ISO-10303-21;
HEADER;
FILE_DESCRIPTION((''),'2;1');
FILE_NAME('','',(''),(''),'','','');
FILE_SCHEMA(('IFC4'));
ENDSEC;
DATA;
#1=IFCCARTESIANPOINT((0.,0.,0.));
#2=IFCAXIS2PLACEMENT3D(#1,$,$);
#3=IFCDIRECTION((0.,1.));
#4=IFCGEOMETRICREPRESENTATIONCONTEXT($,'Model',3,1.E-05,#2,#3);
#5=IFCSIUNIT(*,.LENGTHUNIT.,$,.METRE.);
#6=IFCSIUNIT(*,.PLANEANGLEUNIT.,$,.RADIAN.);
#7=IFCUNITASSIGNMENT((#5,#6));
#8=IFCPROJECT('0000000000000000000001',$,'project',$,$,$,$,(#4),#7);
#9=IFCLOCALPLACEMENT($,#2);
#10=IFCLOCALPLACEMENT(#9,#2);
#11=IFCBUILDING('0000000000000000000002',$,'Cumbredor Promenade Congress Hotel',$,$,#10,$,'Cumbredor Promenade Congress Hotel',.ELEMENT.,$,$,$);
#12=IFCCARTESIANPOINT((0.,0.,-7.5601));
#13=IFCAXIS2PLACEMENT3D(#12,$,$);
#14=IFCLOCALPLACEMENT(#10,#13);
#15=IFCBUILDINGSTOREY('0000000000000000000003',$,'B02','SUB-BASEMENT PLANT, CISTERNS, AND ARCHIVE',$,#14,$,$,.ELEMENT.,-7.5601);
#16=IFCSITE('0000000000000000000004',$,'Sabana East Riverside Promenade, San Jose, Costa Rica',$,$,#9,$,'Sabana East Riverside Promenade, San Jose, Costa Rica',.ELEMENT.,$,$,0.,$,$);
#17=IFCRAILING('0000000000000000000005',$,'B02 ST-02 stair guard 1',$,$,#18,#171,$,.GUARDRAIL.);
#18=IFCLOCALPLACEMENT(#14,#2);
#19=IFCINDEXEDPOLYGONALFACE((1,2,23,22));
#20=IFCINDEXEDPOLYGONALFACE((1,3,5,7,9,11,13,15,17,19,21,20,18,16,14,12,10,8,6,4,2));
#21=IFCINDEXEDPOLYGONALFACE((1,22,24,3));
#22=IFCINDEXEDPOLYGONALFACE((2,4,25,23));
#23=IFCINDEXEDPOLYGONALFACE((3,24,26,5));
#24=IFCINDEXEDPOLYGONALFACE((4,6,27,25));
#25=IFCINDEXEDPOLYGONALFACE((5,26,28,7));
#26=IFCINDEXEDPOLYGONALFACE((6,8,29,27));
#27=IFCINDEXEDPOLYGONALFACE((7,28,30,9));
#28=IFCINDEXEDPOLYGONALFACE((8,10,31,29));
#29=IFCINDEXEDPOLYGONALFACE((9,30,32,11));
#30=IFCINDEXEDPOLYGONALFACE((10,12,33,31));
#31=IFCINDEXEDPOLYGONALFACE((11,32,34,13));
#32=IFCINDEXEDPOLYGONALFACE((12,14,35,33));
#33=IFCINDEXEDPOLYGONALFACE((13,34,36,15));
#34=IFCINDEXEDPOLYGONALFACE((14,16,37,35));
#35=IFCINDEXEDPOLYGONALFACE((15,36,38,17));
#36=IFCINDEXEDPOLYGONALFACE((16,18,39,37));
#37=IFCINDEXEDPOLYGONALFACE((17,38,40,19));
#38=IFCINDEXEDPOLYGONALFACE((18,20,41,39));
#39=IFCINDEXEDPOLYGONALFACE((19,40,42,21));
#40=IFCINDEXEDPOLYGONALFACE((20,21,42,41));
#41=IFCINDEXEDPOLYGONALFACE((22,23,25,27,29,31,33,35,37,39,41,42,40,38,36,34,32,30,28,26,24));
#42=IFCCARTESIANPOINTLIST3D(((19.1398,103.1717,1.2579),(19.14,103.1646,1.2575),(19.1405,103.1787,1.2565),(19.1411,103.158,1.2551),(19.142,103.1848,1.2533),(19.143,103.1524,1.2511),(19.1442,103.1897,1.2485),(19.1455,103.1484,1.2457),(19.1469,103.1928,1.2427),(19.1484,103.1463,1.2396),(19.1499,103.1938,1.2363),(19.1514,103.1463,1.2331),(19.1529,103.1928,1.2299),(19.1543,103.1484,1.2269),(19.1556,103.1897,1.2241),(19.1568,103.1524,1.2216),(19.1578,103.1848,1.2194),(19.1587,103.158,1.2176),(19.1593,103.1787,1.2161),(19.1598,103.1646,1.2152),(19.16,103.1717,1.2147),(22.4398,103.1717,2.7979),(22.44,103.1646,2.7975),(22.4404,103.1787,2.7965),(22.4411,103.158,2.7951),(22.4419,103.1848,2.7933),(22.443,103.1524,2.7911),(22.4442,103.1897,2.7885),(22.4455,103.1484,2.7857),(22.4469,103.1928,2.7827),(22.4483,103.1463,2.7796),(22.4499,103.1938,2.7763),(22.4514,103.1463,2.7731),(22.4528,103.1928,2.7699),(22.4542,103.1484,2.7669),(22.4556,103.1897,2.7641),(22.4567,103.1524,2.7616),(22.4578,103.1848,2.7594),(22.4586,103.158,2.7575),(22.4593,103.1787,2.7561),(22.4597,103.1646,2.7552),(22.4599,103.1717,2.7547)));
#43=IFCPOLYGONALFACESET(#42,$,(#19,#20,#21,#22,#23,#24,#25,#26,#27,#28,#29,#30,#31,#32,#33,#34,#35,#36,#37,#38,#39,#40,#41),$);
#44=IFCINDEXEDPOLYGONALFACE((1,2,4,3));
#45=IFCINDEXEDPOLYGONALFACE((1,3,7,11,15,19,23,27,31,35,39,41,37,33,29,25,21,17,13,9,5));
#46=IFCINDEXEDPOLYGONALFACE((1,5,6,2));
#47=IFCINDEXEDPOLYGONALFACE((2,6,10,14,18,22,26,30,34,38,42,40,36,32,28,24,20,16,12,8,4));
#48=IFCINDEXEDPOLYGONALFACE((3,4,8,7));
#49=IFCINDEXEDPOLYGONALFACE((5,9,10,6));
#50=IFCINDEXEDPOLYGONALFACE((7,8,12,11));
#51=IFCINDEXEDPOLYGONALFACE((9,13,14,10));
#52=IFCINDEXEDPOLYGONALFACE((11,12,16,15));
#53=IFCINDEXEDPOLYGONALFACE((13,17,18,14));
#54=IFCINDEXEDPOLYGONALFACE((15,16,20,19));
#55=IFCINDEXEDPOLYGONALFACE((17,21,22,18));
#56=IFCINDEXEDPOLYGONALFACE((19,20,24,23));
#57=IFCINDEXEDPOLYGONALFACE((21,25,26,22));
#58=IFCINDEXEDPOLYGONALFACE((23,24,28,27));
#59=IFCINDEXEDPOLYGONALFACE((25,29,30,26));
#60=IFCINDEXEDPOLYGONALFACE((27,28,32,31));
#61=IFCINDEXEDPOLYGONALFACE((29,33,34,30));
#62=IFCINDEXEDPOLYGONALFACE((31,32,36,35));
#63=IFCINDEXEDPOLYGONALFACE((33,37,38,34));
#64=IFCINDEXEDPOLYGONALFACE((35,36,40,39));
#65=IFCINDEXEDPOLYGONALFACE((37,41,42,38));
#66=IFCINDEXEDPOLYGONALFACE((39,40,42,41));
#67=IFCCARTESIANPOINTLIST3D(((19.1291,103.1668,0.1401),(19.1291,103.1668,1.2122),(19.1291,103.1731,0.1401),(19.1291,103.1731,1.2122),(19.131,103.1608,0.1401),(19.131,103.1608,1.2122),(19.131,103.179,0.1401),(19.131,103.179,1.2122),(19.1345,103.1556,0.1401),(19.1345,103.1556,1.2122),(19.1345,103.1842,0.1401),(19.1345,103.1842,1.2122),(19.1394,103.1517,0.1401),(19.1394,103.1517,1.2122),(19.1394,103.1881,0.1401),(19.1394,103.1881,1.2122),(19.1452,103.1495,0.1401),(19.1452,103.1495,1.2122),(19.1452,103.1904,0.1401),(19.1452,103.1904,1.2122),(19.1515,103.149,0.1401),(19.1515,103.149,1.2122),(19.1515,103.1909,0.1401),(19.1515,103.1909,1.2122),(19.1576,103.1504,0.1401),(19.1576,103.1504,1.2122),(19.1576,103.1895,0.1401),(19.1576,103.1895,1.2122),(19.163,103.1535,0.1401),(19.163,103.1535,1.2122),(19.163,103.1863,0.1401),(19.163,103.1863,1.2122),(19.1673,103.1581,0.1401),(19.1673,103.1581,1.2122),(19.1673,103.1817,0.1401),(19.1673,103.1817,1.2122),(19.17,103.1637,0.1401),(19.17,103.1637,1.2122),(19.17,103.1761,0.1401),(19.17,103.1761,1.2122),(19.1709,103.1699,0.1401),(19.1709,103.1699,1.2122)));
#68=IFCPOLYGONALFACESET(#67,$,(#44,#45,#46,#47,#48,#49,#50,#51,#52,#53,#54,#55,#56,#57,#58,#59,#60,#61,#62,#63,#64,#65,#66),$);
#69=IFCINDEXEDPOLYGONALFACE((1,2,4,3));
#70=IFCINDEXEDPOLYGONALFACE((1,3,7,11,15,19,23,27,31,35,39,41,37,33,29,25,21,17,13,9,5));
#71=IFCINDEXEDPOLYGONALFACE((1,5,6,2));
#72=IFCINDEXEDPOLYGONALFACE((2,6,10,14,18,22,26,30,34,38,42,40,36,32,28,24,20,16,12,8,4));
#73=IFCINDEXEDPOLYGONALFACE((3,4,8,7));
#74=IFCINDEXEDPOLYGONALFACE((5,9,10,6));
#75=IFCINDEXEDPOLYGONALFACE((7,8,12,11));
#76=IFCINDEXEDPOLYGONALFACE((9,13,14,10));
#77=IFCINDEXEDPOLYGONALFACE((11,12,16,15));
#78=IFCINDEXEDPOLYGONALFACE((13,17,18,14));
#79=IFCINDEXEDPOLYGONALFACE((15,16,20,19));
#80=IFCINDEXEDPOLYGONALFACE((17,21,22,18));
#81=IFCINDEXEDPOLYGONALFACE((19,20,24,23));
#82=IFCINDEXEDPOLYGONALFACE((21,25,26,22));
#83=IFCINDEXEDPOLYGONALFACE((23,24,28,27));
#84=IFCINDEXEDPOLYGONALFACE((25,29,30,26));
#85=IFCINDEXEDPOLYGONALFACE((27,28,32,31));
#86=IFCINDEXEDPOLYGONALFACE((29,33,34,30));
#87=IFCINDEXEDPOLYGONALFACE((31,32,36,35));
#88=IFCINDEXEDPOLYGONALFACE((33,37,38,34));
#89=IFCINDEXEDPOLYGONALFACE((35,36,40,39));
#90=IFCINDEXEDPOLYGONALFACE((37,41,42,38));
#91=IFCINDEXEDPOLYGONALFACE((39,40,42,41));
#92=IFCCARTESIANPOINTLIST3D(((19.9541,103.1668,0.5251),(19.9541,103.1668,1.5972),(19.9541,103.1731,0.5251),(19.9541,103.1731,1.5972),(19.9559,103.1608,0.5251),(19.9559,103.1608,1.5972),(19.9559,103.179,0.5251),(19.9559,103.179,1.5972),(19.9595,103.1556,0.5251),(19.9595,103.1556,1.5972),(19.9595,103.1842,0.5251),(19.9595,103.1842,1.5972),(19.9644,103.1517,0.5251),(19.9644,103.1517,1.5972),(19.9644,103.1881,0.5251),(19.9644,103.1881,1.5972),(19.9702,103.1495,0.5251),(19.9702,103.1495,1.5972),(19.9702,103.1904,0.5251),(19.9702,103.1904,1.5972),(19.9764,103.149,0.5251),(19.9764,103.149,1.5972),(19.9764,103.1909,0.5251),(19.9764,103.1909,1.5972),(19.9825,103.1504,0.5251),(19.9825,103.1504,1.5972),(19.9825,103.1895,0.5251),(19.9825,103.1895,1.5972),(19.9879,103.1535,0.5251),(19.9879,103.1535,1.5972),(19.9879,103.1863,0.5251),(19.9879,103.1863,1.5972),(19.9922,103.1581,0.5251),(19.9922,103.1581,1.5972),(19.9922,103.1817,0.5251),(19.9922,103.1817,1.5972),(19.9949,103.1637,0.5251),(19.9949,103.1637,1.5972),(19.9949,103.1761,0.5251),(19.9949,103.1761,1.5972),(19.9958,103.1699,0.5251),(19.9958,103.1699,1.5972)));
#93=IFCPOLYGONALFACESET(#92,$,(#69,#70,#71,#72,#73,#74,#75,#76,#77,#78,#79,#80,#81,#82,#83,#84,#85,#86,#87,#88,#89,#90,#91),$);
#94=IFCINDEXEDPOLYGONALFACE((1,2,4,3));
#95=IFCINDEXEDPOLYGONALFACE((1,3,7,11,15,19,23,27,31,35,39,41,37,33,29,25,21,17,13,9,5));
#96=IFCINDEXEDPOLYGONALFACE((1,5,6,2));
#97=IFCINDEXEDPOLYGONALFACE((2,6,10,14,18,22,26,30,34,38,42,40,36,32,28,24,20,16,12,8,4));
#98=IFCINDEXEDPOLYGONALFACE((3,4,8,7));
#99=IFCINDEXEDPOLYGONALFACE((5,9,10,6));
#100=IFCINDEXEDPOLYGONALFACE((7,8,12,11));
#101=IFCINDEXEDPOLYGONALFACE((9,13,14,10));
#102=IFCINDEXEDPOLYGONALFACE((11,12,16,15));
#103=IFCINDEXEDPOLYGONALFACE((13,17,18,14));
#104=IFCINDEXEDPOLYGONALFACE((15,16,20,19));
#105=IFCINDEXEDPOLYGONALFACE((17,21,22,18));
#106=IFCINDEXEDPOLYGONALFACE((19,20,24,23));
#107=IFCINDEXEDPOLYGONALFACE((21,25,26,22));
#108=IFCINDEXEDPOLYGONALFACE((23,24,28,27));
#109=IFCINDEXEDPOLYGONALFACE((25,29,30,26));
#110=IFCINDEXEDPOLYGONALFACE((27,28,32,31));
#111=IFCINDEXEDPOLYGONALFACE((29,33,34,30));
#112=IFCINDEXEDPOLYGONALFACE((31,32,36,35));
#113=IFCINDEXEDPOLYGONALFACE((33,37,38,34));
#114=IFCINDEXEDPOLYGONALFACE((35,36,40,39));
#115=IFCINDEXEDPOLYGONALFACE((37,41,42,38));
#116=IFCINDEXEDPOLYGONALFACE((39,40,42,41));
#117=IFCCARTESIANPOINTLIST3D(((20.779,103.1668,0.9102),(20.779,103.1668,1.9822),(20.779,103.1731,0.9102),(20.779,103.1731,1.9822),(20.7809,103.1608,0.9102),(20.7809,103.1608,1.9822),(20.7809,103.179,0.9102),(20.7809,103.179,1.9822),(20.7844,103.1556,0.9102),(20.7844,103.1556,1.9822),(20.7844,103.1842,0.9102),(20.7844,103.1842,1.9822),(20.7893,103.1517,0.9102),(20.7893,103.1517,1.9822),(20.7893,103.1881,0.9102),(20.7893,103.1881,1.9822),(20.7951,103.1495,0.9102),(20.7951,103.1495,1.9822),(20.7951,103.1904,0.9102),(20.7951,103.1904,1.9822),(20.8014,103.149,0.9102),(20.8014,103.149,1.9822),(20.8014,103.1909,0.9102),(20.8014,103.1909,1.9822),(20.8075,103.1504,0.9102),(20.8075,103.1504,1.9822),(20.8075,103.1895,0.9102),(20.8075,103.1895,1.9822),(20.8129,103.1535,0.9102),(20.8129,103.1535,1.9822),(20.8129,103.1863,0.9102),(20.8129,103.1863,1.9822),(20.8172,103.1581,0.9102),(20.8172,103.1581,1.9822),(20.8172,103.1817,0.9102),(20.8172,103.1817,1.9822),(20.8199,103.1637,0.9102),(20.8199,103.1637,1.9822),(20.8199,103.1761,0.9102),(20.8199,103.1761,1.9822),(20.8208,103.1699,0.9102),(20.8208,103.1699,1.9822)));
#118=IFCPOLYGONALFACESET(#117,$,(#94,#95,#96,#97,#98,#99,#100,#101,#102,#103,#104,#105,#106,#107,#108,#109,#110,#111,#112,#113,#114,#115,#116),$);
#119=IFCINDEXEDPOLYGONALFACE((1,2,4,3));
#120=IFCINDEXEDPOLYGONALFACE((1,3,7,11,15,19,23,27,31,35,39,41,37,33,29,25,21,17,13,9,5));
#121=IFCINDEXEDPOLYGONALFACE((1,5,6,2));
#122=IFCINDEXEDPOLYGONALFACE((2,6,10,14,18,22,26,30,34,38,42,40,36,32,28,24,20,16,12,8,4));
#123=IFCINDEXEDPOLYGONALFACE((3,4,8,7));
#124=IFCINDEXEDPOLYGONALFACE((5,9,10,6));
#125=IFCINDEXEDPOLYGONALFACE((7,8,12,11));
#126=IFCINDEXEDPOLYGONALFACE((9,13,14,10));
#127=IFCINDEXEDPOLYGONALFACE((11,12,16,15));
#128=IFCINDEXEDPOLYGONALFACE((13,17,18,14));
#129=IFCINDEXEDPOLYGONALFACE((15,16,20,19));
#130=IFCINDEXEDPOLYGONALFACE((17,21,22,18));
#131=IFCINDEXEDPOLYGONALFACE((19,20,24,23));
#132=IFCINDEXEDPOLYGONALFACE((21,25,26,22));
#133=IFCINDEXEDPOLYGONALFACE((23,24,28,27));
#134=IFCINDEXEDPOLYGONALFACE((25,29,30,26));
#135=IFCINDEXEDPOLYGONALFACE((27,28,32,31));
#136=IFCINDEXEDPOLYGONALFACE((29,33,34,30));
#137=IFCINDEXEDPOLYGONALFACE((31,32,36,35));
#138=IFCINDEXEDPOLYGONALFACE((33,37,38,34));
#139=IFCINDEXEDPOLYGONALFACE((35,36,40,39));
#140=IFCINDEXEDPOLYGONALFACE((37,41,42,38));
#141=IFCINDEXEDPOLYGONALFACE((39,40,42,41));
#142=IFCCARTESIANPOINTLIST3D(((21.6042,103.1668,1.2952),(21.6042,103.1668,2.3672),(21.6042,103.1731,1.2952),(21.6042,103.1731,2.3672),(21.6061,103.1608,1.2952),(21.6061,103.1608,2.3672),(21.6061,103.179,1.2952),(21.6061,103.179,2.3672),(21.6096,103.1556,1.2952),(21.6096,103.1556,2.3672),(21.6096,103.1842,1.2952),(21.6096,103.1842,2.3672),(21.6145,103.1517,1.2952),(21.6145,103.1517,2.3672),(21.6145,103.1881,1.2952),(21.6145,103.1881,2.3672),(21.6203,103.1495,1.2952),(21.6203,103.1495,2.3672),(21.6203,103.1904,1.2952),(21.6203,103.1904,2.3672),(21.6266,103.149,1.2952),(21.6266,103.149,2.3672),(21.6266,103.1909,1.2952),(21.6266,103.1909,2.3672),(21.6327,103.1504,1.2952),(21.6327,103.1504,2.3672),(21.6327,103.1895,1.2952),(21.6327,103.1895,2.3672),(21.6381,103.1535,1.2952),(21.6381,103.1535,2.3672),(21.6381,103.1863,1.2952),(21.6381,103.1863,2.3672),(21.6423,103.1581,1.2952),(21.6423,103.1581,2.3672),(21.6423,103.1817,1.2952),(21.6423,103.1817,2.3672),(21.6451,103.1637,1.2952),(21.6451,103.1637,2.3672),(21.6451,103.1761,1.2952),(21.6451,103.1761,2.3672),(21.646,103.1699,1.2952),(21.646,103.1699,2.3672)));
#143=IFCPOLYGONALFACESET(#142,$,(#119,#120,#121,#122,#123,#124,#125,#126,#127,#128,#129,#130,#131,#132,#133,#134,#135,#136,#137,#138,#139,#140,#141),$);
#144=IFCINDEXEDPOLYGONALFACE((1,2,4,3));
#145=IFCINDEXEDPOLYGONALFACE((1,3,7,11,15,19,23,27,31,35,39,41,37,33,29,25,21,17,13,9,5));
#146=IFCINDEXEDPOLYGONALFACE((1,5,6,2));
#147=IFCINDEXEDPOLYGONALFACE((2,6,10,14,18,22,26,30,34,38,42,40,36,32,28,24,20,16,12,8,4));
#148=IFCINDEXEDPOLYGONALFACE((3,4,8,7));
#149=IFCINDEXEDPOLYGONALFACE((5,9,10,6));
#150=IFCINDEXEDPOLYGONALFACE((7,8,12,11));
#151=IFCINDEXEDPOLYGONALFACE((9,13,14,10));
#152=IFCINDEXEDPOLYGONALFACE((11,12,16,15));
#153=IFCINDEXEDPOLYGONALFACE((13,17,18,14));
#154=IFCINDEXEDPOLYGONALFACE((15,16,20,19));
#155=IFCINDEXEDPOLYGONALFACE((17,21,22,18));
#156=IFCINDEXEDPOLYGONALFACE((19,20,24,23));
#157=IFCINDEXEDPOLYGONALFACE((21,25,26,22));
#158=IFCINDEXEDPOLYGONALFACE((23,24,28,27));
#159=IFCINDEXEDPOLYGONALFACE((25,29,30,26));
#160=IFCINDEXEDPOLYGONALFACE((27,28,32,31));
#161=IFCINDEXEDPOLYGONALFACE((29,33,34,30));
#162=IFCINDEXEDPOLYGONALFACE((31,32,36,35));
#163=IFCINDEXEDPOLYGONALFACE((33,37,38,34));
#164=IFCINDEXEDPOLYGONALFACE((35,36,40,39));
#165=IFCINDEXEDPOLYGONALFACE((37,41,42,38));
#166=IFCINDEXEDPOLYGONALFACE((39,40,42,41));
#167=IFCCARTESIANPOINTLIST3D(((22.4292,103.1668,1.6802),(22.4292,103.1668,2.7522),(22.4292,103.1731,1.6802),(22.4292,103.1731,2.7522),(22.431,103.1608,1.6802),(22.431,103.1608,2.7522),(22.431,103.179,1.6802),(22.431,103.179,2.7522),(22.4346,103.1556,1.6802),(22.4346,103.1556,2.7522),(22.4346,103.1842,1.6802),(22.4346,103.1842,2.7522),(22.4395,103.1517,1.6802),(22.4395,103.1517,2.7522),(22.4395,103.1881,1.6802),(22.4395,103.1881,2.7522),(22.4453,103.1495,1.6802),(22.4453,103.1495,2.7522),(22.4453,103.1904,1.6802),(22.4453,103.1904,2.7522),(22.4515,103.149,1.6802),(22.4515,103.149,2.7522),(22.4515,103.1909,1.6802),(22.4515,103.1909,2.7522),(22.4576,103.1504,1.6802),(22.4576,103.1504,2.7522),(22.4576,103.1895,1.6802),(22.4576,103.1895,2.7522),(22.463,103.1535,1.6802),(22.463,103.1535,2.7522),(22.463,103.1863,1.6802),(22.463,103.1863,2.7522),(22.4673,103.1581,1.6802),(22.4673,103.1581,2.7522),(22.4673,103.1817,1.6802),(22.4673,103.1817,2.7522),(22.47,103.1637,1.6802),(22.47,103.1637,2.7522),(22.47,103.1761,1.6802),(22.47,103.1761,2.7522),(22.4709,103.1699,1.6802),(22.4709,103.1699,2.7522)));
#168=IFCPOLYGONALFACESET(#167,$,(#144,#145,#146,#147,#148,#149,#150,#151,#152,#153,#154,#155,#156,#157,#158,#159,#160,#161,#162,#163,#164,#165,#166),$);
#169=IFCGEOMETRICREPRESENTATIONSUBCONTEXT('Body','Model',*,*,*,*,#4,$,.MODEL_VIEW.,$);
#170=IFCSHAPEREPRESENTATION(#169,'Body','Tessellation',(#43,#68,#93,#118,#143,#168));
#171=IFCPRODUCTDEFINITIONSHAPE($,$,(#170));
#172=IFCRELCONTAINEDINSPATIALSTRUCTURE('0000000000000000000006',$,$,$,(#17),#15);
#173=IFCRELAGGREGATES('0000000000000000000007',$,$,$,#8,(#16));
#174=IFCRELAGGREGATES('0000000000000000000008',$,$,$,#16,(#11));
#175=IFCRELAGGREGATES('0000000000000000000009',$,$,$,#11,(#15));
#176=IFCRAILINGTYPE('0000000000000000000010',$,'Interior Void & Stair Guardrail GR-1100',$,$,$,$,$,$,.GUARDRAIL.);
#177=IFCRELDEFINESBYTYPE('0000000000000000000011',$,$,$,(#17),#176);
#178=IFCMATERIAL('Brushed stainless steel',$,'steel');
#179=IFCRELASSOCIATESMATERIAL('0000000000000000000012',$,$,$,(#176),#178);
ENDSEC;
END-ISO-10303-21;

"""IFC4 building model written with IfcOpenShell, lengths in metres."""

from ifc_helpers import new_model, si_unit, direction, frame, origin, origin_2d, place, context, subcontext, project, spatial, circle, extrude, material, type_object, element, save


model = new_model("IFC4")

# Units and contexts
model_context = context("Model", 3, precision=1e-05, world=origin(), true_north=direction((0.0, 1.0)))
body_context = subcontext(model_context, "Body", "Model", "MODEL_VIEW")
ifc_project = project(units=[si_unit("LENGTHUNIT", "METRE"), si_unit("PLANEANGLEUNIT", "RADIAN")], contexts=[model_context])

# Site, building, storey
site_placement = place(None, origin())
site = spatial("IfcSite", under=ifc_project, at=site_placement, Name="Sabana East Riverside Promenade, San Jose, Costa Rica", LongName="Sabana East Riverside Promenade, San Jose, Costa Rica", CompositionType="ELEMENT", RefElevation=0.0)
building_placement = place(site_placement, origin())
building = spatial("IfcBuilding", under=site, at=building_placement, Name="Cumbredor Promenade Congress Hotel", LongName="Cumbredor Promenade Congress Hotel", CompositionType="ELEMENT")
storey_placement = place(building_placement, frame((0.0, 0.0, -7.5601)))
storey = spatial("IfcBuildingStorey", under=building, at=storey_placement, Name="B02", Description="SUB-BASEMENT PLANT, CISTERNS, AND ARCHIVE", CompositionType="ELEMENT", Elevation=-7.5601)

# Railing
ifc_material_1 = material(Name="Brushed stainless steel", Category="steel")
railing_type_1 = type_object("IfcRailingType", Name="Interior Void & Stair Guardrail GR-1100", PredefinedType="GUARDRAIL", material=ifc_material_1)
railing_1_placement = place(storey_placement, frame((19.1499, 103.1699, 0.1401)))
element("IfcRailing", 1, at=railing_1_placement, inside=storey, type_object=railing_type_1, Name="B02 ST-02 stair guard 1", PredefinedType="GUARDRAIL", context=body_context, shape_type="SweptSolid", body=[
    extrude(circle(Radius=0.0239, at=origin_2d()), frame((0.0, 0.0, 1.0962), z_axis=(0.906181, 0.0, 0.422889), x_axis=(0.0, 1.0, 0.0)), (0.0, 0.0, 1.0), 3.6416),
    extrude(circle(Radius=0.021, at=origin_2d()), origin(), (0.0, 0.0, 1.0), 1.072),
    extrude(circle(Radius=0.021, at=origin_2d()), frame((0.825, 0.0, 0.385)), (0.0, 0.0, 1.0), 1.072),
    extrude(circle(Radius=0.021, at=origin_2d()), frame((1.6499, 0.0, 0.77)), (0.0, 0.0, 1.0), 1.072),
    extrude(circle(Radius=0.021, at=origin_2d()), frame((2.4751, 0.0, 1.155)), (0.0, 0.0, 1.0), 1.072),
    extrude(circle(Radius=0.021, at=origin_2d()), frame((3.3, 0.0, 1.54)), (0.0, 0.0, 1.0), 1.072),
])

save(model, "model.ifc")
